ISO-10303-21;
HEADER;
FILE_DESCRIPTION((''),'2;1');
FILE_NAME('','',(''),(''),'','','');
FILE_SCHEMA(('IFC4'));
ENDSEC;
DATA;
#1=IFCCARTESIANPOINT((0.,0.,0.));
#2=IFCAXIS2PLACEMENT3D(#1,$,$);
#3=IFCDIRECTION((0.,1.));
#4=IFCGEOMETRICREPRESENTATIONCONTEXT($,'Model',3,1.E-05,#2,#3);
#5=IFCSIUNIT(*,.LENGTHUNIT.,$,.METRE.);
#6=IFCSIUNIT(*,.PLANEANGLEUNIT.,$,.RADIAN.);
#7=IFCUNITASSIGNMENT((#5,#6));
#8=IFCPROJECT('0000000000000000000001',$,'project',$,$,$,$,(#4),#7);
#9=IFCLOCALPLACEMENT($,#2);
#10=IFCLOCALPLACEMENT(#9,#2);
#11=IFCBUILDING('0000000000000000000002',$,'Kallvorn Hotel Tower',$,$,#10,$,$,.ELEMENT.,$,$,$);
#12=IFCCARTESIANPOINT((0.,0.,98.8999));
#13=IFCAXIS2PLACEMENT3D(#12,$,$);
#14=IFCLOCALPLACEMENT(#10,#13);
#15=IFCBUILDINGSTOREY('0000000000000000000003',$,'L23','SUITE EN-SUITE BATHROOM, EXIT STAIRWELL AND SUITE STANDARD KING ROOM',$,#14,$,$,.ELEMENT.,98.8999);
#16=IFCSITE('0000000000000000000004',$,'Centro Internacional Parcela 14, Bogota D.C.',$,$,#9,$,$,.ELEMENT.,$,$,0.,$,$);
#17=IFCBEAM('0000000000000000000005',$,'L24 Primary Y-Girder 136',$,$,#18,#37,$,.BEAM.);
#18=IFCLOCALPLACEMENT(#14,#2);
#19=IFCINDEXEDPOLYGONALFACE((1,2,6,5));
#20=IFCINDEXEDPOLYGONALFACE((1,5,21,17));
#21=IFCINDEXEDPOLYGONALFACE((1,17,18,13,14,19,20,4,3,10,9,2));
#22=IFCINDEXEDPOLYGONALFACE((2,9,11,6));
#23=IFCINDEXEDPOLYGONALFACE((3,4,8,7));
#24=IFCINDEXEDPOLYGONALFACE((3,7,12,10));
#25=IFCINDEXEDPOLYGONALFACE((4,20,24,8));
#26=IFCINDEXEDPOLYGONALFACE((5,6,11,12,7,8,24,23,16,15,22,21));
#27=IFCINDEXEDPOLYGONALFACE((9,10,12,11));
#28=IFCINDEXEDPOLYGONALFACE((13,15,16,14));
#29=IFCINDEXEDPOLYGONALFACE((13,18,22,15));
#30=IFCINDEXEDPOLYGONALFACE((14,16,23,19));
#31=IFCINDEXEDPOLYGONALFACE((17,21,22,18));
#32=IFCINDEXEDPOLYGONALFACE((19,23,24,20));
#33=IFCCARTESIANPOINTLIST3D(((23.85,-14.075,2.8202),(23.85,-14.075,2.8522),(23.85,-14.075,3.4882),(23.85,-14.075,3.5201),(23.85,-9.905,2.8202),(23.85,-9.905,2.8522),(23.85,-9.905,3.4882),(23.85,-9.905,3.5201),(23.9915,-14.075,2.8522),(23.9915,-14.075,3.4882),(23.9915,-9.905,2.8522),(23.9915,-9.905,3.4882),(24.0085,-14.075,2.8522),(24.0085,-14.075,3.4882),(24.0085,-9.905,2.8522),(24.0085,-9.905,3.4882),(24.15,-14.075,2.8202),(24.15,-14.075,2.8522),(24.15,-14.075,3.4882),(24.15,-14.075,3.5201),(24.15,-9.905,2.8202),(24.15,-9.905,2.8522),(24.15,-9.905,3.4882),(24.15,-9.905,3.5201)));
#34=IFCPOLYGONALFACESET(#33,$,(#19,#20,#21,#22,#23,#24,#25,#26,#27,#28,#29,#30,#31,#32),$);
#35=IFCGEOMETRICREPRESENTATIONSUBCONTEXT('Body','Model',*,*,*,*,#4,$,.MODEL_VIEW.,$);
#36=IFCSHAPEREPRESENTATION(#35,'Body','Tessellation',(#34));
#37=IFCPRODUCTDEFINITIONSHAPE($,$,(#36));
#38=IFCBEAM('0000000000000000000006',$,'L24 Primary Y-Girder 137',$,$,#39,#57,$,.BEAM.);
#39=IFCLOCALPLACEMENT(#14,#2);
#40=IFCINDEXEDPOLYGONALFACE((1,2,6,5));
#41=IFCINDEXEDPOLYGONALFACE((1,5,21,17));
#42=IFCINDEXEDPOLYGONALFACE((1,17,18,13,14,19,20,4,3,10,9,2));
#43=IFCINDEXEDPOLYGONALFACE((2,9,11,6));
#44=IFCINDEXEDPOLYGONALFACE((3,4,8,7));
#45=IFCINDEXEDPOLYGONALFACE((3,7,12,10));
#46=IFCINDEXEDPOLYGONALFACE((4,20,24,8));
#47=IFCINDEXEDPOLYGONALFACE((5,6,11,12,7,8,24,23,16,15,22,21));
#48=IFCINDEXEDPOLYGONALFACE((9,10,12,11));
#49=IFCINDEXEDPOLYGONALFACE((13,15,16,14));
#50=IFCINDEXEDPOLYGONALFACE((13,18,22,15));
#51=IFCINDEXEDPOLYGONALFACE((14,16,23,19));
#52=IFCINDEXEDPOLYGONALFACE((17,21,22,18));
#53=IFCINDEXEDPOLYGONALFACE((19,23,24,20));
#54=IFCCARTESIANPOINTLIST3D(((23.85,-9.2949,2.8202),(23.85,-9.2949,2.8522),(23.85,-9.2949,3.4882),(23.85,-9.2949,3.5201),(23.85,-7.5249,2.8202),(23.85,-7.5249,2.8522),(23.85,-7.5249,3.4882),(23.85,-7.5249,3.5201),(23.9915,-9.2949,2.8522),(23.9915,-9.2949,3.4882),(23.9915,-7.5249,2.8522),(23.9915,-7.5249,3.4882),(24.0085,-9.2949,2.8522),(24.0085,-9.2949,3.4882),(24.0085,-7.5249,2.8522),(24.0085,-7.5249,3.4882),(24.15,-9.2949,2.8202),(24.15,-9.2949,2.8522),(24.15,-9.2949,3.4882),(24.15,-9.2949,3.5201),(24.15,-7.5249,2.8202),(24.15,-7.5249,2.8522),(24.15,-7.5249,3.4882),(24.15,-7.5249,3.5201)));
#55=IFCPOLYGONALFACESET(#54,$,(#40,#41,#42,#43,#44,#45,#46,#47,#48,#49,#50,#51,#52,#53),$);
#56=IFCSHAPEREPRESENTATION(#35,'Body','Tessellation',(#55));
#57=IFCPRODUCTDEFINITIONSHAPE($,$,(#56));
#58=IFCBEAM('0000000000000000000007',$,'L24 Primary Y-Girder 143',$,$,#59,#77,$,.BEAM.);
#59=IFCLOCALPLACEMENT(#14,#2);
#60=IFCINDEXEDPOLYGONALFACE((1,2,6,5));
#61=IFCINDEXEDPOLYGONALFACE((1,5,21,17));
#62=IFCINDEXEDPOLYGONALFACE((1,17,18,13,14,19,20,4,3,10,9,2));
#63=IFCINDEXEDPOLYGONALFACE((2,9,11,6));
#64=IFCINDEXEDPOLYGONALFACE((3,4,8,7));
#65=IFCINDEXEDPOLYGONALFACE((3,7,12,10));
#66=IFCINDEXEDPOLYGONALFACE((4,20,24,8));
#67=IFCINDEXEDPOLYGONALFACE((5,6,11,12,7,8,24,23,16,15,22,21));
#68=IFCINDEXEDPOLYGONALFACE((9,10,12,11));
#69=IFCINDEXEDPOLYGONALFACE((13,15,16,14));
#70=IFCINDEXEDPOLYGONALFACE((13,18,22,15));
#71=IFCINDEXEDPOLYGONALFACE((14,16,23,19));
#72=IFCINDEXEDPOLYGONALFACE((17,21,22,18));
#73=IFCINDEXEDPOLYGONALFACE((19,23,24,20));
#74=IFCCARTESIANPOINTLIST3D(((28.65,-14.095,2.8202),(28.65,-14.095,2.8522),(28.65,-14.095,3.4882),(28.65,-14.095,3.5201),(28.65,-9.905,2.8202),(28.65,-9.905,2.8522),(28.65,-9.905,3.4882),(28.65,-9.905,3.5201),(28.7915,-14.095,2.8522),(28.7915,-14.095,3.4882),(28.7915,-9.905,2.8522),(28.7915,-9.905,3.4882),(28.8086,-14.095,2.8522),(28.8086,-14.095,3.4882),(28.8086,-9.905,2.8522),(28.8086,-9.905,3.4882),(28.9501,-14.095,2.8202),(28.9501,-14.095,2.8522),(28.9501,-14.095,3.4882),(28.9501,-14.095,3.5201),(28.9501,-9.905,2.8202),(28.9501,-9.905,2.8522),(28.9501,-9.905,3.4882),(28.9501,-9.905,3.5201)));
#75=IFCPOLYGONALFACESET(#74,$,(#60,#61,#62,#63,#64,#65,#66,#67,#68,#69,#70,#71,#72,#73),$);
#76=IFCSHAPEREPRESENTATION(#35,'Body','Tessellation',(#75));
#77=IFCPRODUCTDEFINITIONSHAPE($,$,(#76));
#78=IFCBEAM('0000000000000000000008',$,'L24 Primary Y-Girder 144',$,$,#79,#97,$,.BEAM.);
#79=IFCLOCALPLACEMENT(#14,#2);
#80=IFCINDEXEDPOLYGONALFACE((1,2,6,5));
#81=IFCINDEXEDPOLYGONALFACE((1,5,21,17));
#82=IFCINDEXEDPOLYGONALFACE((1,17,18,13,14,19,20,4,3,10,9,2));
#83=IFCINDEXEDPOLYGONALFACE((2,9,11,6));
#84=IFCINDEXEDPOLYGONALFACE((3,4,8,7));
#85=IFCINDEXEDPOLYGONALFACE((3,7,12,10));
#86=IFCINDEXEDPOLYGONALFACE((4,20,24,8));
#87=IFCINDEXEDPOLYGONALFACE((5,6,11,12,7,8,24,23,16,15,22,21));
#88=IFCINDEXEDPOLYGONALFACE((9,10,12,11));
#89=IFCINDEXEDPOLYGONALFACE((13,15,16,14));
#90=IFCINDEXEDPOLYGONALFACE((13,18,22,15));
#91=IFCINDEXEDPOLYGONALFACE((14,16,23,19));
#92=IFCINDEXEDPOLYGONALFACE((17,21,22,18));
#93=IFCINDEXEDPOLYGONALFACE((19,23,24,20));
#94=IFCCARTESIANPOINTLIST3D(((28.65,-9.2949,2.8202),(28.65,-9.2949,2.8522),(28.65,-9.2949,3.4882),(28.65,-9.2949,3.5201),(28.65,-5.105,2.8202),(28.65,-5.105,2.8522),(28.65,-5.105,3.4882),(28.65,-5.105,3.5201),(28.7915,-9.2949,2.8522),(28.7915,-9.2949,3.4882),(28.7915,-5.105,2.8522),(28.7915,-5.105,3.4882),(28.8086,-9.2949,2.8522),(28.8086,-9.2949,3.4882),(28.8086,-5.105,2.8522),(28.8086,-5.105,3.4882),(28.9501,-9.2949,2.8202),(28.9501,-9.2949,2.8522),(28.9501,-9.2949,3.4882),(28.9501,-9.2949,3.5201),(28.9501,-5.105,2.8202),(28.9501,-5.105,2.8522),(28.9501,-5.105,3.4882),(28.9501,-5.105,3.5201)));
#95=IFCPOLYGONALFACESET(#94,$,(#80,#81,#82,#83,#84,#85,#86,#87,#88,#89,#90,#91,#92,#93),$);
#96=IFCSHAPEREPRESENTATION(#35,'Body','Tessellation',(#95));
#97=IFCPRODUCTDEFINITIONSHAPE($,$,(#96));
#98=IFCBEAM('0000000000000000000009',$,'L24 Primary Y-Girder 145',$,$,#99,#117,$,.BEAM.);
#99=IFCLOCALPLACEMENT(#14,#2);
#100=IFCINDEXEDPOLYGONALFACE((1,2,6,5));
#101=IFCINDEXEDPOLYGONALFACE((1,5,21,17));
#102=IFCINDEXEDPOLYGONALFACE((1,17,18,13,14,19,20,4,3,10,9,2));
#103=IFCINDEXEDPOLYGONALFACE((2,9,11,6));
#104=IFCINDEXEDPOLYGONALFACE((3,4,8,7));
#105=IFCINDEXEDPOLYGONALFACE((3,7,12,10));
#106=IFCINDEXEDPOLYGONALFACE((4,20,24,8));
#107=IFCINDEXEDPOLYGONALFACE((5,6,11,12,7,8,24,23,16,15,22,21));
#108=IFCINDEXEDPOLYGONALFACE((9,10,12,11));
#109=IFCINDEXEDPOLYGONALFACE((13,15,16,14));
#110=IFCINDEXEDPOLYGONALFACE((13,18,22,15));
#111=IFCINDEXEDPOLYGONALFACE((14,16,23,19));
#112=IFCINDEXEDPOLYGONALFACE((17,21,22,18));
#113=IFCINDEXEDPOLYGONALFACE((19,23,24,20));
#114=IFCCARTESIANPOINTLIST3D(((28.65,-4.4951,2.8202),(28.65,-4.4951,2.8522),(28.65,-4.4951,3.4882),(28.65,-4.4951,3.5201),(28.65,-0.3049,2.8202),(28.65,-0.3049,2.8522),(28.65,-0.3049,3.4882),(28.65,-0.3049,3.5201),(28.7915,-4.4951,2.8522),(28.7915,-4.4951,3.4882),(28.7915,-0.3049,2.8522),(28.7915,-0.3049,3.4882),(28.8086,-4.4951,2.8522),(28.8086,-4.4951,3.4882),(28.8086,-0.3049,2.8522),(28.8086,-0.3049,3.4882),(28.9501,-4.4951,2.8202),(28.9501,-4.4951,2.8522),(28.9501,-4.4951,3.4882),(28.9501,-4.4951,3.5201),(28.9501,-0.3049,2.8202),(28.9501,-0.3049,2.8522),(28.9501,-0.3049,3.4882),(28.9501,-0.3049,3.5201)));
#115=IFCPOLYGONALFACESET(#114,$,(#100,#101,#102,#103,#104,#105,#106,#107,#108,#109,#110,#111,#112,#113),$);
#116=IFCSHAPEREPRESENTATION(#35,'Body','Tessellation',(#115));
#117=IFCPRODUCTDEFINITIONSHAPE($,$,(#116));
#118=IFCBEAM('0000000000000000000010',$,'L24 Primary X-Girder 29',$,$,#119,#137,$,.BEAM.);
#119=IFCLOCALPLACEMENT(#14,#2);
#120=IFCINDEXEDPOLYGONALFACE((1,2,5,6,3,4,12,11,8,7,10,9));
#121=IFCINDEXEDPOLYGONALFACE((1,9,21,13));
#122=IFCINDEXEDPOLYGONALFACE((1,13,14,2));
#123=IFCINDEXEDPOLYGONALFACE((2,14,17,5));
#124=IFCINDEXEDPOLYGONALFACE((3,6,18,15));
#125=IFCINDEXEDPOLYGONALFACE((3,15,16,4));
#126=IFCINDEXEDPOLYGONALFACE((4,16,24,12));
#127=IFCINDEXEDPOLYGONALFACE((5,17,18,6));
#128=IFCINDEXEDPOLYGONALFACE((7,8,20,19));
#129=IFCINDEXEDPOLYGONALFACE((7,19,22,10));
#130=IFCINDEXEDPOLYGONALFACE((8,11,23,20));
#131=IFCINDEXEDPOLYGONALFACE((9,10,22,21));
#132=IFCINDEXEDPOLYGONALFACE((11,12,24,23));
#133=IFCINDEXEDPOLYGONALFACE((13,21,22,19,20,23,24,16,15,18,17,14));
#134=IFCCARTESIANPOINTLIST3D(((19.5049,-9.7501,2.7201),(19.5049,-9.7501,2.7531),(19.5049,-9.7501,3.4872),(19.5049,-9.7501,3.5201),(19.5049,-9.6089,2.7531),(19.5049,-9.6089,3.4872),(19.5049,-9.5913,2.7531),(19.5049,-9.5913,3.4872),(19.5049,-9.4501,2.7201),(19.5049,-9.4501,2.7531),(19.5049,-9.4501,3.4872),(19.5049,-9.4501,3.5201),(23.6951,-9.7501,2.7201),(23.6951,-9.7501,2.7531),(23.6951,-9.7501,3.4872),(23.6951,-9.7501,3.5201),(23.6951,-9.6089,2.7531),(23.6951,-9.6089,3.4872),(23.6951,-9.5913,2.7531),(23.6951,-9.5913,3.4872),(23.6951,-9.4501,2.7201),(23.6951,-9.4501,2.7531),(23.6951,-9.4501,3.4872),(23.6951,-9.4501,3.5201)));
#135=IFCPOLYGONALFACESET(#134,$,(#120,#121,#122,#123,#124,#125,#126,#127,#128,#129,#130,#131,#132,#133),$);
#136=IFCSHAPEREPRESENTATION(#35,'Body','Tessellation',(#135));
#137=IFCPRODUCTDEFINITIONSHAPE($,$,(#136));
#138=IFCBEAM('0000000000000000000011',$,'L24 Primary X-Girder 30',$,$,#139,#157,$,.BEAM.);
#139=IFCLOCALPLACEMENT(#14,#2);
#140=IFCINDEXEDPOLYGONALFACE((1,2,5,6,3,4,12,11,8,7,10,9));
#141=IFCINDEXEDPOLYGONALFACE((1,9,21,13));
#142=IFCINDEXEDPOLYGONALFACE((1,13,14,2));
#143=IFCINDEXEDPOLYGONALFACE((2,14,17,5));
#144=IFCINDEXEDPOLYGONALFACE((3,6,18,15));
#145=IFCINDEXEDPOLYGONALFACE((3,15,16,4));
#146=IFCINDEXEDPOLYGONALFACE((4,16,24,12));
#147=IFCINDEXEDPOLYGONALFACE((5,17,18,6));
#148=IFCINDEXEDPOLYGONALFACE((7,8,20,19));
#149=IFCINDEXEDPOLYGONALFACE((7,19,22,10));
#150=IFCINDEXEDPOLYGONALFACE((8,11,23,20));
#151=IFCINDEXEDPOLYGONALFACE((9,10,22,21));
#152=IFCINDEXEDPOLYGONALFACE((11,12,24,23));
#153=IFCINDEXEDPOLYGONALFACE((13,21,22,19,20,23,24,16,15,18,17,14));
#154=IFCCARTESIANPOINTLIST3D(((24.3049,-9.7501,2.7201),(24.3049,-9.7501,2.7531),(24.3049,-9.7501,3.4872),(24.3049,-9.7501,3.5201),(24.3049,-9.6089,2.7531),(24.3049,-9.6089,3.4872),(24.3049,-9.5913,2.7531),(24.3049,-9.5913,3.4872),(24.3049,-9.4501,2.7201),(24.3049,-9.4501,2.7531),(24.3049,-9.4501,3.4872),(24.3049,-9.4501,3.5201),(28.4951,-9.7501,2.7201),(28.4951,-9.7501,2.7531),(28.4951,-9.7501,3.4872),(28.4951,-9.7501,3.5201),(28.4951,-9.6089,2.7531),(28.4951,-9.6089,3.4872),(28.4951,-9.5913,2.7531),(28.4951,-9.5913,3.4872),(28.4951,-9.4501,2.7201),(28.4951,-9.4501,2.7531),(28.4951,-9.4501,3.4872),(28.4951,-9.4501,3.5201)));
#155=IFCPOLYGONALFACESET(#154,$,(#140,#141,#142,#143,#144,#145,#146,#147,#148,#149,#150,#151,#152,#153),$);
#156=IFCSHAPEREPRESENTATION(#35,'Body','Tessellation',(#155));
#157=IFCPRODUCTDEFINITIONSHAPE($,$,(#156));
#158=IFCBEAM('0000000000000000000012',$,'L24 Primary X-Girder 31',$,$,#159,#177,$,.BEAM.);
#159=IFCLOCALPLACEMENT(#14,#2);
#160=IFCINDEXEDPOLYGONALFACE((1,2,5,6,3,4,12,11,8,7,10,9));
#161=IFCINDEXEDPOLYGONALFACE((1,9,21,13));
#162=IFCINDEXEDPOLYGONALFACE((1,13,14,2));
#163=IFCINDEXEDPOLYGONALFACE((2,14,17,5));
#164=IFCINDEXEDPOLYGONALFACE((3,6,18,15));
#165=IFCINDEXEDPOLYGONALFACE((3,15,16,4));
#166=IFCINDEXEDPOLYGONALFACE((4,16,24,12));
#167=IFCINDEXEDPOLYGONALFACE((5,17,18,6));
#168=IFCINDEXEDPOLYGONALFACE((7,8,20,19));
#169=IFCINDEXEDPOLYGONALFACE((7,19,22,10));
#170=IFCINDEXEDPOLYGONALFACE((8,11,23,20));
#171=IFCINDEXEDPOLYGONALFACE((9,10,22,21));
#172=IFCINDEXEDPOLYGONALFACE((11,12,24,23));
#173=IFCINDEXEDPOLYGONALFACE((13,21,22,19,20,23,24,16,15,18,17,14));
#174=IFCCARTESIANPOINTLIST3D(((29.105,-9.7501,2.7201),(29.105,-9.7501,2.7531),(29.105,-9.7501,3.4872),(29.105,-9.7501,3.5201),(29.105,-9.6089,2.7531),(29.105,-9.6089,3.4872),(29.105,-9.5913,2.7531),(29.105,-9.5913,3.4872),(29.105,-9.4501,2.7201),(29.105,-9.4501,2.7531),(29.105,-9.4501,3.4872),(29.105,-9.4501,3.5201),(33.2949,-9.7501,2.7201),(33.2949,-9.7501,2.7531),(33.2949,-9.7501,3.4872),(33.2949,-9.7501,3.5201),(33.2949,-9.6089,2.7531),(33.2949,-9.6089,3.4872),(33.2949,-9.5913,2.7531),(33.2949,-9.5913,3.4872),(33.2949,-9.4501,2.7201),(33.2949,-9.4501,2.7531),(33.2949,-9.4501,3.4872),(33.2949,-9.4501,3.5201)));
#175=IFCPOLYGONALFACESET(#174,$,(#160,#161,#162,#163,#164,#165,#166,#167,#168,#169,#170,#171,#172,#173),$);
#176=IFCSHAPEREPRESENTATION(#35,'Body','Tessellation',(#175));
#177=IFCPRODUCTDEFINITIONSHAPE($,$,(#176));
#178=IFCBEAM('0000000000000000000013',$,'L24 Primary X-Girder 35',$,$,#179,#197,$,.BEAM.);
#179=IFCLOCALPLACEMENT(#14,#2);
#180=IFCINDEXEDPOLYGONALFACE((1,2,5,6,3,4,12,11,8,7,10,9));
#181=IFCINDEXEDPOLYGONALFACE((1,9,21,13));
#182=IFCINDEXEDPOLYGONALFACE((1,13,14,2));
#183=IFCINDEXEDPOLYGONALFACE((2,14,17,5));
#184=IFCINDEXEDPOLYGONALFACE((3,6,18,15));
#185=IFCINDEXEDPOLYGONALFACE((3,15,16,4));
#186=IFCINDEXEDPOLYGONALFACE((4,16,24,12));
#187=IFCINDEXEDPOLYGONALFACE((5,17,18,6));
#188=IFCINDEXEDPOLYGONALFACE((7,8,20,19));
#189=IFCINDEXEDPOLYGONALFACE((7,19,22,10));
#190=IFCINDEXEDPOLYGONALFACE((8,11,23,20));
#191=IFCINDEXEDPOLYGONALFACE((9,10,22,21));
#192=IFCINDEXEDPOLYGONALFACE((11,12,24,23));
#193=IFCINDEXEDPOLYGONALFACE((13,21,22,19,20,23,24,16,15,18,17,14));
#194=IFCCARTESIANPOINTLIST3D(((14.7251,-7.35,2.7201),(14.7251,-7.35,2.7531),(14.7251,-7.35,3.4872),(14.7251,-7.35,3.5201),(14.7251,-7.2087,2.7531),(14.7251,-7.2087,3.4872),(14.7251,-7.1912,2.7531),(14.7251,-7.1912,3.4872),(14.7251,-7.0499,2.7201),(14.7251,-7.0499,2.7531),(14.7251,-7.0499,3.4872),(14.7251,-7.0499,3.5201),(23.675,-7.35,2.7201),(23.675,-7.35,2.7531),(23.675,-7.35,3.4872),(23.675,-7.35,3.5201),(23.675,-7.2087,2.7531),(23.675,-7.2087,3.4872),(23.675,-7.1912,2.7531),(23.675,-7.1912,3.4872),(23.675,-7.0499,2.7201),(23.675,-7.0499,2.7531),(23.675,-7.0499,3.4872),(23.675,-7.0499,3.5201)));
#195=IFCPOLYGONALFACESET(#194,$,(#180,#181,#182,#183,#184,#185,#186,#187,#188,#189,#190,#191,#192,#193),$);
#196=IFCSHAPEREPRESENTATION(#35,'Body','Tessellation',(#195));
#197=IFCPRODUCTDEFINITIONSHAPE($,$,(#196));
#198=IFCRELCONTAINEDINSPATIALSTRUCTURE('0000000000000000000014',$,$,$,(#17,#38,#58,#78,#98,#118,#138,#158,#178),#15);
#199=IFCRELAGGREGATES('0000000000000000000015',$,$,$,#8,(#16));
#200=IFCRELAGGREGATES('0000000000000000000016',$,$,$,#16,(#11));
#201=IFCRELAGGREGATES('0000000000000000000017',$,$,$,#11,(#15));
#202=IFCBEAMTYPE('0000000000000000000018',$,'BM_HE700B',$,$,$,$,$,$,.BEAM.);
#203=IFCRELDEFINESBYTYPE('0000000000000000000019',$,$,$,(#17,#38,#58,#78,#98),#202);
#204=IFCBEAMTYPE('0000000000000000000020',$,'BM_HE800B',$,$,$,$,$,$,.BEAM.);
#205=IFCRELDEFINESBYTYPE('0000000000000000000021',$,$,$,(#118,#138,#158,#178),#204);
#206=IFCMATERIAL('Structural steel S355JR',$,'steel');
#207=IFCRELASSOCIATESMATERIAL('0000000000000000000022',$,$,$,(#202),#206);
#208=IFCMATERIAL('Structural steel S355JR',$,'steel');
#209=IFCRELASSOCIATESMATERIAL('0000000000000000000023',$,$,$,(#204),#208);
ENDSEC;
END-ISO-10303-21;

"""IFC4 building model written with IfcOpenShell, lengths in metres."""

from ifc_helpers import new_model, si_unit, direction, frame, origin, origin_2d, place, context, subcontext, project, spatial, i_section, extrude, material, material_profile, profile_set, type_object, element, save


model = new_model("IFC4")

# Units and contexts
model_context = context("Model", 3, precision=1e-05, world=origin(), true_north=direction((0.0, 1.0)))
body_context = subcontext(model_context, "Body", "Model", "MODEL_VIEW")
ifc_project = project(units=[si_unit("LENGTHUNIT", "METRE"), si_unit("PLANEANGLEUNIT", "RADIAN")], contexts=[model_context])

# Site, building, storey
site_placement = place(None, origin())
site = spatial("IfcSite", under=ifc_project, at=site_placement, Name="Centro Internacional Parcela 14, Bogota D.C.", CompositionType="ELEMENT", RefElevation=0.0)
building_placement = place(site_placement, origin())
building = spatial("IfcBuilding", under=site, at=building_placement, Name="Kallvorn Hotel Tower", CompositionType="ELEMENT")
storey_placement = place(building_placement, frame((0.0, 0.0, 98.8999)))
storey = spatial("IfcBuildingStorey", under=building, at=storey_placement, Name="L23", Description="SUITE EN-SUITE BATHROOM, EXIT STAIRWELL AND SUITE STANDARD KING ROOM", CompositionType="ELEMENT", Elevation=98.8999)

# Beams
ifc_material_1 = material(Name="Structural steel S355JR", Category="steel")
ifc_material_profile_1 = material_profile(ifc_material_1, i_section(OverallWidth=0.3, OverallDepth=0.7, WebThickness=0.0171, FlangeThickness=0.032, at=origin_2d()), Name="HE 700 B")
ifc_profile_set_1 = profile_set([ifc_material_profile_1], Name="Structural steel S355JR")
beam_type_1 = type_object("IfcBeamType", Name="BM_HE700B", PredefinedType="BEAM", material=ifc_profile_set_1)
beam_1_placement = place(storey_placement, frame((24.0, -14.075, 3.1702), z_axis=(0.0, 1.0, 0.0), x_axis=(-1.0, 0.0, 0.0)))
element("IfcBeam", 1, at=beam_1_placement, inside=storey, type_object=beam_type_1, Name="L24 Primary Y-Girder 136", PredefinedType="BEAM", context=body_context, shape_type="SweptSolid", body=[
    extrude(i_section(OverallWidth=0.3, OverallDepth=0.7, WebThickness=0.0171, FlangeThickness=0.032, at=origin_2d()), origin(), (0.0, 0.0, 1.0), 4.1699),
])
beam_2_placement = place(storey_placement, frame((24.0, -9.2949, 3.1702), z_axis=(0.0, 1.0, 0.0), x_axis=(-1.0, 0.0, 0.0)))
element("IfcBeam", 2, at=beam_2_placement, inside=storey, type_object=beam_type_1, Name="L24 Primary Y-Girder 137", PredefinedType="BEAM", context=body_context, shape_type="SweptSolid", body=[
    extrude(i_section(OverallWidth=0.3, OverallDepth=0.7, WebThickness=0.0171, FlangeThickness=0.032, at=origin_2d()), origin(), (0.0, 0.0, 1.0), 1.77),
])
for number, where, z_axis, x_axis, name in (
    (3, (28.8, -14.095, 3.1702), (0.0, 1.0, 0.0), (-1.0, 0.0, 0.0), "L24 Primary Y-Girder 143"),
    (4, (28.8, -9.2949, 3.1702), (0.0, 1.0, 0.0), (-1.0, 0.0, 0.0), "L24 Primary Y-Girder 144"),
):
    element("IfcBeam", number, at=place(storey_placement, frame(where, z_axis=z_axis, x_axis=x_axis)), inside=storey, type_object=beam_type_1, Name=name, PredefinedType="BEAM", context=body_context, shape_type="SweptSolid", body=[
        extrude(i_section(OverallWidth=0.3, OverallDepth=0.7, WebThickness=0.0171, FlangeThickness=0.032, at=origin_2d()), origin(), (0.0, 0.0, 1.0), 4.1899),
    ])
beam_3_placement = place(storey_placement, frame((28.8, -4.4951, 3.1702), z_axis=(0.0, 1.0, 0.0), x_axis=(-1.0, 0.0, 0.0)))
element("IfcBeam", 5, at=beam_3_placement, inside=storey, type_object=beam_type_1, Name="L24 Primary Y-Girder 145", PredefinedType="BEAM", context=body_context, shape_type="SweptSolid", body=[
    extrude(i_section(OverallWidth=0.3, OverallDepth=0.7, WebThickness=0.0171, FlangeThickness=0.032, at=origin_2d()), origin(), (0.0, 0.0, 1.0), 4.1902),
])
ifc_material_2 = material(Name="Structural steel S355JR", Category="steel")
ifc_material_profile_2 = material_profile(ifc_material_2, i_section(OverallWidth=0.3, OverallDepth=0.8, WebThickness=0.0176, FlangeThickness=0.033, at=origin_2d()), Name="HE 800 B")
ifc_profile_set_2 = profile_set([ifc_material_profile_2], Name="Structural steel S355JR")
beam_type_2 = type_object("IfcBeamType", Name="BM_HE800B", PredefinedType="BEAM", material=ifc_profile_set_2)
for number, where, z_axis, x_axis, name in (
    (6, (19.5049, -9.6001, 3.1201), (1.0, 0.0, 0.0), (0.0, 1.0, 0.0), "L24 Primary X-Girder 29"),
    (7, (24.3049, -9.6001, 3.1201), (1.0, 0.0, 0.0), (0.0, 1.0, 0.0), "L24 Primary X-Girder 30"),
):
    element("IfcBeam", number, at=place(storey_placement, frame(where, z_axis=z_axis, x_axis=x_axis)), inside=storey, type_object=beam_type_2, Name=name, PredefinedType="BEAM", context=body_context, shape_type="SweptSolid", body=[
        extrude(i_section(OverallWidth=0.3, OverallDepth=0.8, WebThickness=0.0176, FlangeThickness=0.033, at=origin_2d()), origin(), (0.0, 0.0, 1.0), 4.1902),
    ])
beam_4_placement = place(storey_placement, frame((29.105, -9.6001, 3.1201), z_axis=(1.0, 0.0, 0.0), x_axis=(0.0, 1.0, 0.0)))
element("IfcBeam", 8, at=beam_4_placement, inside=storey, type_object=beam_type_2, Name="L24 Primary X-Girder 31", PredefinedType="BEAM", context=body_context, shape_type="SweptSolid", body=[
    extrude(i_section(OverallWidth=0.3, OverallDepth=0.8, WebThickness=0.0176, FlangeThickness=0.033, at=origin_2d()), origin(), (0.0, 0.0, 1.0), 4.1899),
])
beam_5_placement = place(storey_placement, frame((14.7251, -7.2, 3.1201), z_axis=(1.0, 0.0, 0.0), x_axis=(0.0, 1.0, 0.0)))
element("IfcBeam", 9, at=beam_5_placement, inside=storey, type_object=beam_type_2, Name="L24 Primary X-Girder 35", PredefinedType="BEAM", context=body_context, shape_type="SweptSolid", body=[
    extrude(i_section(OverallWidth=0.3, OverallDepth=0.8, WebThickness=0.0176, FlangeThickness=0.033, at=origin_2d()), origin(), (0.0, 0.0, 1.0), 8.95),
])

save(model, "model.ifc")
